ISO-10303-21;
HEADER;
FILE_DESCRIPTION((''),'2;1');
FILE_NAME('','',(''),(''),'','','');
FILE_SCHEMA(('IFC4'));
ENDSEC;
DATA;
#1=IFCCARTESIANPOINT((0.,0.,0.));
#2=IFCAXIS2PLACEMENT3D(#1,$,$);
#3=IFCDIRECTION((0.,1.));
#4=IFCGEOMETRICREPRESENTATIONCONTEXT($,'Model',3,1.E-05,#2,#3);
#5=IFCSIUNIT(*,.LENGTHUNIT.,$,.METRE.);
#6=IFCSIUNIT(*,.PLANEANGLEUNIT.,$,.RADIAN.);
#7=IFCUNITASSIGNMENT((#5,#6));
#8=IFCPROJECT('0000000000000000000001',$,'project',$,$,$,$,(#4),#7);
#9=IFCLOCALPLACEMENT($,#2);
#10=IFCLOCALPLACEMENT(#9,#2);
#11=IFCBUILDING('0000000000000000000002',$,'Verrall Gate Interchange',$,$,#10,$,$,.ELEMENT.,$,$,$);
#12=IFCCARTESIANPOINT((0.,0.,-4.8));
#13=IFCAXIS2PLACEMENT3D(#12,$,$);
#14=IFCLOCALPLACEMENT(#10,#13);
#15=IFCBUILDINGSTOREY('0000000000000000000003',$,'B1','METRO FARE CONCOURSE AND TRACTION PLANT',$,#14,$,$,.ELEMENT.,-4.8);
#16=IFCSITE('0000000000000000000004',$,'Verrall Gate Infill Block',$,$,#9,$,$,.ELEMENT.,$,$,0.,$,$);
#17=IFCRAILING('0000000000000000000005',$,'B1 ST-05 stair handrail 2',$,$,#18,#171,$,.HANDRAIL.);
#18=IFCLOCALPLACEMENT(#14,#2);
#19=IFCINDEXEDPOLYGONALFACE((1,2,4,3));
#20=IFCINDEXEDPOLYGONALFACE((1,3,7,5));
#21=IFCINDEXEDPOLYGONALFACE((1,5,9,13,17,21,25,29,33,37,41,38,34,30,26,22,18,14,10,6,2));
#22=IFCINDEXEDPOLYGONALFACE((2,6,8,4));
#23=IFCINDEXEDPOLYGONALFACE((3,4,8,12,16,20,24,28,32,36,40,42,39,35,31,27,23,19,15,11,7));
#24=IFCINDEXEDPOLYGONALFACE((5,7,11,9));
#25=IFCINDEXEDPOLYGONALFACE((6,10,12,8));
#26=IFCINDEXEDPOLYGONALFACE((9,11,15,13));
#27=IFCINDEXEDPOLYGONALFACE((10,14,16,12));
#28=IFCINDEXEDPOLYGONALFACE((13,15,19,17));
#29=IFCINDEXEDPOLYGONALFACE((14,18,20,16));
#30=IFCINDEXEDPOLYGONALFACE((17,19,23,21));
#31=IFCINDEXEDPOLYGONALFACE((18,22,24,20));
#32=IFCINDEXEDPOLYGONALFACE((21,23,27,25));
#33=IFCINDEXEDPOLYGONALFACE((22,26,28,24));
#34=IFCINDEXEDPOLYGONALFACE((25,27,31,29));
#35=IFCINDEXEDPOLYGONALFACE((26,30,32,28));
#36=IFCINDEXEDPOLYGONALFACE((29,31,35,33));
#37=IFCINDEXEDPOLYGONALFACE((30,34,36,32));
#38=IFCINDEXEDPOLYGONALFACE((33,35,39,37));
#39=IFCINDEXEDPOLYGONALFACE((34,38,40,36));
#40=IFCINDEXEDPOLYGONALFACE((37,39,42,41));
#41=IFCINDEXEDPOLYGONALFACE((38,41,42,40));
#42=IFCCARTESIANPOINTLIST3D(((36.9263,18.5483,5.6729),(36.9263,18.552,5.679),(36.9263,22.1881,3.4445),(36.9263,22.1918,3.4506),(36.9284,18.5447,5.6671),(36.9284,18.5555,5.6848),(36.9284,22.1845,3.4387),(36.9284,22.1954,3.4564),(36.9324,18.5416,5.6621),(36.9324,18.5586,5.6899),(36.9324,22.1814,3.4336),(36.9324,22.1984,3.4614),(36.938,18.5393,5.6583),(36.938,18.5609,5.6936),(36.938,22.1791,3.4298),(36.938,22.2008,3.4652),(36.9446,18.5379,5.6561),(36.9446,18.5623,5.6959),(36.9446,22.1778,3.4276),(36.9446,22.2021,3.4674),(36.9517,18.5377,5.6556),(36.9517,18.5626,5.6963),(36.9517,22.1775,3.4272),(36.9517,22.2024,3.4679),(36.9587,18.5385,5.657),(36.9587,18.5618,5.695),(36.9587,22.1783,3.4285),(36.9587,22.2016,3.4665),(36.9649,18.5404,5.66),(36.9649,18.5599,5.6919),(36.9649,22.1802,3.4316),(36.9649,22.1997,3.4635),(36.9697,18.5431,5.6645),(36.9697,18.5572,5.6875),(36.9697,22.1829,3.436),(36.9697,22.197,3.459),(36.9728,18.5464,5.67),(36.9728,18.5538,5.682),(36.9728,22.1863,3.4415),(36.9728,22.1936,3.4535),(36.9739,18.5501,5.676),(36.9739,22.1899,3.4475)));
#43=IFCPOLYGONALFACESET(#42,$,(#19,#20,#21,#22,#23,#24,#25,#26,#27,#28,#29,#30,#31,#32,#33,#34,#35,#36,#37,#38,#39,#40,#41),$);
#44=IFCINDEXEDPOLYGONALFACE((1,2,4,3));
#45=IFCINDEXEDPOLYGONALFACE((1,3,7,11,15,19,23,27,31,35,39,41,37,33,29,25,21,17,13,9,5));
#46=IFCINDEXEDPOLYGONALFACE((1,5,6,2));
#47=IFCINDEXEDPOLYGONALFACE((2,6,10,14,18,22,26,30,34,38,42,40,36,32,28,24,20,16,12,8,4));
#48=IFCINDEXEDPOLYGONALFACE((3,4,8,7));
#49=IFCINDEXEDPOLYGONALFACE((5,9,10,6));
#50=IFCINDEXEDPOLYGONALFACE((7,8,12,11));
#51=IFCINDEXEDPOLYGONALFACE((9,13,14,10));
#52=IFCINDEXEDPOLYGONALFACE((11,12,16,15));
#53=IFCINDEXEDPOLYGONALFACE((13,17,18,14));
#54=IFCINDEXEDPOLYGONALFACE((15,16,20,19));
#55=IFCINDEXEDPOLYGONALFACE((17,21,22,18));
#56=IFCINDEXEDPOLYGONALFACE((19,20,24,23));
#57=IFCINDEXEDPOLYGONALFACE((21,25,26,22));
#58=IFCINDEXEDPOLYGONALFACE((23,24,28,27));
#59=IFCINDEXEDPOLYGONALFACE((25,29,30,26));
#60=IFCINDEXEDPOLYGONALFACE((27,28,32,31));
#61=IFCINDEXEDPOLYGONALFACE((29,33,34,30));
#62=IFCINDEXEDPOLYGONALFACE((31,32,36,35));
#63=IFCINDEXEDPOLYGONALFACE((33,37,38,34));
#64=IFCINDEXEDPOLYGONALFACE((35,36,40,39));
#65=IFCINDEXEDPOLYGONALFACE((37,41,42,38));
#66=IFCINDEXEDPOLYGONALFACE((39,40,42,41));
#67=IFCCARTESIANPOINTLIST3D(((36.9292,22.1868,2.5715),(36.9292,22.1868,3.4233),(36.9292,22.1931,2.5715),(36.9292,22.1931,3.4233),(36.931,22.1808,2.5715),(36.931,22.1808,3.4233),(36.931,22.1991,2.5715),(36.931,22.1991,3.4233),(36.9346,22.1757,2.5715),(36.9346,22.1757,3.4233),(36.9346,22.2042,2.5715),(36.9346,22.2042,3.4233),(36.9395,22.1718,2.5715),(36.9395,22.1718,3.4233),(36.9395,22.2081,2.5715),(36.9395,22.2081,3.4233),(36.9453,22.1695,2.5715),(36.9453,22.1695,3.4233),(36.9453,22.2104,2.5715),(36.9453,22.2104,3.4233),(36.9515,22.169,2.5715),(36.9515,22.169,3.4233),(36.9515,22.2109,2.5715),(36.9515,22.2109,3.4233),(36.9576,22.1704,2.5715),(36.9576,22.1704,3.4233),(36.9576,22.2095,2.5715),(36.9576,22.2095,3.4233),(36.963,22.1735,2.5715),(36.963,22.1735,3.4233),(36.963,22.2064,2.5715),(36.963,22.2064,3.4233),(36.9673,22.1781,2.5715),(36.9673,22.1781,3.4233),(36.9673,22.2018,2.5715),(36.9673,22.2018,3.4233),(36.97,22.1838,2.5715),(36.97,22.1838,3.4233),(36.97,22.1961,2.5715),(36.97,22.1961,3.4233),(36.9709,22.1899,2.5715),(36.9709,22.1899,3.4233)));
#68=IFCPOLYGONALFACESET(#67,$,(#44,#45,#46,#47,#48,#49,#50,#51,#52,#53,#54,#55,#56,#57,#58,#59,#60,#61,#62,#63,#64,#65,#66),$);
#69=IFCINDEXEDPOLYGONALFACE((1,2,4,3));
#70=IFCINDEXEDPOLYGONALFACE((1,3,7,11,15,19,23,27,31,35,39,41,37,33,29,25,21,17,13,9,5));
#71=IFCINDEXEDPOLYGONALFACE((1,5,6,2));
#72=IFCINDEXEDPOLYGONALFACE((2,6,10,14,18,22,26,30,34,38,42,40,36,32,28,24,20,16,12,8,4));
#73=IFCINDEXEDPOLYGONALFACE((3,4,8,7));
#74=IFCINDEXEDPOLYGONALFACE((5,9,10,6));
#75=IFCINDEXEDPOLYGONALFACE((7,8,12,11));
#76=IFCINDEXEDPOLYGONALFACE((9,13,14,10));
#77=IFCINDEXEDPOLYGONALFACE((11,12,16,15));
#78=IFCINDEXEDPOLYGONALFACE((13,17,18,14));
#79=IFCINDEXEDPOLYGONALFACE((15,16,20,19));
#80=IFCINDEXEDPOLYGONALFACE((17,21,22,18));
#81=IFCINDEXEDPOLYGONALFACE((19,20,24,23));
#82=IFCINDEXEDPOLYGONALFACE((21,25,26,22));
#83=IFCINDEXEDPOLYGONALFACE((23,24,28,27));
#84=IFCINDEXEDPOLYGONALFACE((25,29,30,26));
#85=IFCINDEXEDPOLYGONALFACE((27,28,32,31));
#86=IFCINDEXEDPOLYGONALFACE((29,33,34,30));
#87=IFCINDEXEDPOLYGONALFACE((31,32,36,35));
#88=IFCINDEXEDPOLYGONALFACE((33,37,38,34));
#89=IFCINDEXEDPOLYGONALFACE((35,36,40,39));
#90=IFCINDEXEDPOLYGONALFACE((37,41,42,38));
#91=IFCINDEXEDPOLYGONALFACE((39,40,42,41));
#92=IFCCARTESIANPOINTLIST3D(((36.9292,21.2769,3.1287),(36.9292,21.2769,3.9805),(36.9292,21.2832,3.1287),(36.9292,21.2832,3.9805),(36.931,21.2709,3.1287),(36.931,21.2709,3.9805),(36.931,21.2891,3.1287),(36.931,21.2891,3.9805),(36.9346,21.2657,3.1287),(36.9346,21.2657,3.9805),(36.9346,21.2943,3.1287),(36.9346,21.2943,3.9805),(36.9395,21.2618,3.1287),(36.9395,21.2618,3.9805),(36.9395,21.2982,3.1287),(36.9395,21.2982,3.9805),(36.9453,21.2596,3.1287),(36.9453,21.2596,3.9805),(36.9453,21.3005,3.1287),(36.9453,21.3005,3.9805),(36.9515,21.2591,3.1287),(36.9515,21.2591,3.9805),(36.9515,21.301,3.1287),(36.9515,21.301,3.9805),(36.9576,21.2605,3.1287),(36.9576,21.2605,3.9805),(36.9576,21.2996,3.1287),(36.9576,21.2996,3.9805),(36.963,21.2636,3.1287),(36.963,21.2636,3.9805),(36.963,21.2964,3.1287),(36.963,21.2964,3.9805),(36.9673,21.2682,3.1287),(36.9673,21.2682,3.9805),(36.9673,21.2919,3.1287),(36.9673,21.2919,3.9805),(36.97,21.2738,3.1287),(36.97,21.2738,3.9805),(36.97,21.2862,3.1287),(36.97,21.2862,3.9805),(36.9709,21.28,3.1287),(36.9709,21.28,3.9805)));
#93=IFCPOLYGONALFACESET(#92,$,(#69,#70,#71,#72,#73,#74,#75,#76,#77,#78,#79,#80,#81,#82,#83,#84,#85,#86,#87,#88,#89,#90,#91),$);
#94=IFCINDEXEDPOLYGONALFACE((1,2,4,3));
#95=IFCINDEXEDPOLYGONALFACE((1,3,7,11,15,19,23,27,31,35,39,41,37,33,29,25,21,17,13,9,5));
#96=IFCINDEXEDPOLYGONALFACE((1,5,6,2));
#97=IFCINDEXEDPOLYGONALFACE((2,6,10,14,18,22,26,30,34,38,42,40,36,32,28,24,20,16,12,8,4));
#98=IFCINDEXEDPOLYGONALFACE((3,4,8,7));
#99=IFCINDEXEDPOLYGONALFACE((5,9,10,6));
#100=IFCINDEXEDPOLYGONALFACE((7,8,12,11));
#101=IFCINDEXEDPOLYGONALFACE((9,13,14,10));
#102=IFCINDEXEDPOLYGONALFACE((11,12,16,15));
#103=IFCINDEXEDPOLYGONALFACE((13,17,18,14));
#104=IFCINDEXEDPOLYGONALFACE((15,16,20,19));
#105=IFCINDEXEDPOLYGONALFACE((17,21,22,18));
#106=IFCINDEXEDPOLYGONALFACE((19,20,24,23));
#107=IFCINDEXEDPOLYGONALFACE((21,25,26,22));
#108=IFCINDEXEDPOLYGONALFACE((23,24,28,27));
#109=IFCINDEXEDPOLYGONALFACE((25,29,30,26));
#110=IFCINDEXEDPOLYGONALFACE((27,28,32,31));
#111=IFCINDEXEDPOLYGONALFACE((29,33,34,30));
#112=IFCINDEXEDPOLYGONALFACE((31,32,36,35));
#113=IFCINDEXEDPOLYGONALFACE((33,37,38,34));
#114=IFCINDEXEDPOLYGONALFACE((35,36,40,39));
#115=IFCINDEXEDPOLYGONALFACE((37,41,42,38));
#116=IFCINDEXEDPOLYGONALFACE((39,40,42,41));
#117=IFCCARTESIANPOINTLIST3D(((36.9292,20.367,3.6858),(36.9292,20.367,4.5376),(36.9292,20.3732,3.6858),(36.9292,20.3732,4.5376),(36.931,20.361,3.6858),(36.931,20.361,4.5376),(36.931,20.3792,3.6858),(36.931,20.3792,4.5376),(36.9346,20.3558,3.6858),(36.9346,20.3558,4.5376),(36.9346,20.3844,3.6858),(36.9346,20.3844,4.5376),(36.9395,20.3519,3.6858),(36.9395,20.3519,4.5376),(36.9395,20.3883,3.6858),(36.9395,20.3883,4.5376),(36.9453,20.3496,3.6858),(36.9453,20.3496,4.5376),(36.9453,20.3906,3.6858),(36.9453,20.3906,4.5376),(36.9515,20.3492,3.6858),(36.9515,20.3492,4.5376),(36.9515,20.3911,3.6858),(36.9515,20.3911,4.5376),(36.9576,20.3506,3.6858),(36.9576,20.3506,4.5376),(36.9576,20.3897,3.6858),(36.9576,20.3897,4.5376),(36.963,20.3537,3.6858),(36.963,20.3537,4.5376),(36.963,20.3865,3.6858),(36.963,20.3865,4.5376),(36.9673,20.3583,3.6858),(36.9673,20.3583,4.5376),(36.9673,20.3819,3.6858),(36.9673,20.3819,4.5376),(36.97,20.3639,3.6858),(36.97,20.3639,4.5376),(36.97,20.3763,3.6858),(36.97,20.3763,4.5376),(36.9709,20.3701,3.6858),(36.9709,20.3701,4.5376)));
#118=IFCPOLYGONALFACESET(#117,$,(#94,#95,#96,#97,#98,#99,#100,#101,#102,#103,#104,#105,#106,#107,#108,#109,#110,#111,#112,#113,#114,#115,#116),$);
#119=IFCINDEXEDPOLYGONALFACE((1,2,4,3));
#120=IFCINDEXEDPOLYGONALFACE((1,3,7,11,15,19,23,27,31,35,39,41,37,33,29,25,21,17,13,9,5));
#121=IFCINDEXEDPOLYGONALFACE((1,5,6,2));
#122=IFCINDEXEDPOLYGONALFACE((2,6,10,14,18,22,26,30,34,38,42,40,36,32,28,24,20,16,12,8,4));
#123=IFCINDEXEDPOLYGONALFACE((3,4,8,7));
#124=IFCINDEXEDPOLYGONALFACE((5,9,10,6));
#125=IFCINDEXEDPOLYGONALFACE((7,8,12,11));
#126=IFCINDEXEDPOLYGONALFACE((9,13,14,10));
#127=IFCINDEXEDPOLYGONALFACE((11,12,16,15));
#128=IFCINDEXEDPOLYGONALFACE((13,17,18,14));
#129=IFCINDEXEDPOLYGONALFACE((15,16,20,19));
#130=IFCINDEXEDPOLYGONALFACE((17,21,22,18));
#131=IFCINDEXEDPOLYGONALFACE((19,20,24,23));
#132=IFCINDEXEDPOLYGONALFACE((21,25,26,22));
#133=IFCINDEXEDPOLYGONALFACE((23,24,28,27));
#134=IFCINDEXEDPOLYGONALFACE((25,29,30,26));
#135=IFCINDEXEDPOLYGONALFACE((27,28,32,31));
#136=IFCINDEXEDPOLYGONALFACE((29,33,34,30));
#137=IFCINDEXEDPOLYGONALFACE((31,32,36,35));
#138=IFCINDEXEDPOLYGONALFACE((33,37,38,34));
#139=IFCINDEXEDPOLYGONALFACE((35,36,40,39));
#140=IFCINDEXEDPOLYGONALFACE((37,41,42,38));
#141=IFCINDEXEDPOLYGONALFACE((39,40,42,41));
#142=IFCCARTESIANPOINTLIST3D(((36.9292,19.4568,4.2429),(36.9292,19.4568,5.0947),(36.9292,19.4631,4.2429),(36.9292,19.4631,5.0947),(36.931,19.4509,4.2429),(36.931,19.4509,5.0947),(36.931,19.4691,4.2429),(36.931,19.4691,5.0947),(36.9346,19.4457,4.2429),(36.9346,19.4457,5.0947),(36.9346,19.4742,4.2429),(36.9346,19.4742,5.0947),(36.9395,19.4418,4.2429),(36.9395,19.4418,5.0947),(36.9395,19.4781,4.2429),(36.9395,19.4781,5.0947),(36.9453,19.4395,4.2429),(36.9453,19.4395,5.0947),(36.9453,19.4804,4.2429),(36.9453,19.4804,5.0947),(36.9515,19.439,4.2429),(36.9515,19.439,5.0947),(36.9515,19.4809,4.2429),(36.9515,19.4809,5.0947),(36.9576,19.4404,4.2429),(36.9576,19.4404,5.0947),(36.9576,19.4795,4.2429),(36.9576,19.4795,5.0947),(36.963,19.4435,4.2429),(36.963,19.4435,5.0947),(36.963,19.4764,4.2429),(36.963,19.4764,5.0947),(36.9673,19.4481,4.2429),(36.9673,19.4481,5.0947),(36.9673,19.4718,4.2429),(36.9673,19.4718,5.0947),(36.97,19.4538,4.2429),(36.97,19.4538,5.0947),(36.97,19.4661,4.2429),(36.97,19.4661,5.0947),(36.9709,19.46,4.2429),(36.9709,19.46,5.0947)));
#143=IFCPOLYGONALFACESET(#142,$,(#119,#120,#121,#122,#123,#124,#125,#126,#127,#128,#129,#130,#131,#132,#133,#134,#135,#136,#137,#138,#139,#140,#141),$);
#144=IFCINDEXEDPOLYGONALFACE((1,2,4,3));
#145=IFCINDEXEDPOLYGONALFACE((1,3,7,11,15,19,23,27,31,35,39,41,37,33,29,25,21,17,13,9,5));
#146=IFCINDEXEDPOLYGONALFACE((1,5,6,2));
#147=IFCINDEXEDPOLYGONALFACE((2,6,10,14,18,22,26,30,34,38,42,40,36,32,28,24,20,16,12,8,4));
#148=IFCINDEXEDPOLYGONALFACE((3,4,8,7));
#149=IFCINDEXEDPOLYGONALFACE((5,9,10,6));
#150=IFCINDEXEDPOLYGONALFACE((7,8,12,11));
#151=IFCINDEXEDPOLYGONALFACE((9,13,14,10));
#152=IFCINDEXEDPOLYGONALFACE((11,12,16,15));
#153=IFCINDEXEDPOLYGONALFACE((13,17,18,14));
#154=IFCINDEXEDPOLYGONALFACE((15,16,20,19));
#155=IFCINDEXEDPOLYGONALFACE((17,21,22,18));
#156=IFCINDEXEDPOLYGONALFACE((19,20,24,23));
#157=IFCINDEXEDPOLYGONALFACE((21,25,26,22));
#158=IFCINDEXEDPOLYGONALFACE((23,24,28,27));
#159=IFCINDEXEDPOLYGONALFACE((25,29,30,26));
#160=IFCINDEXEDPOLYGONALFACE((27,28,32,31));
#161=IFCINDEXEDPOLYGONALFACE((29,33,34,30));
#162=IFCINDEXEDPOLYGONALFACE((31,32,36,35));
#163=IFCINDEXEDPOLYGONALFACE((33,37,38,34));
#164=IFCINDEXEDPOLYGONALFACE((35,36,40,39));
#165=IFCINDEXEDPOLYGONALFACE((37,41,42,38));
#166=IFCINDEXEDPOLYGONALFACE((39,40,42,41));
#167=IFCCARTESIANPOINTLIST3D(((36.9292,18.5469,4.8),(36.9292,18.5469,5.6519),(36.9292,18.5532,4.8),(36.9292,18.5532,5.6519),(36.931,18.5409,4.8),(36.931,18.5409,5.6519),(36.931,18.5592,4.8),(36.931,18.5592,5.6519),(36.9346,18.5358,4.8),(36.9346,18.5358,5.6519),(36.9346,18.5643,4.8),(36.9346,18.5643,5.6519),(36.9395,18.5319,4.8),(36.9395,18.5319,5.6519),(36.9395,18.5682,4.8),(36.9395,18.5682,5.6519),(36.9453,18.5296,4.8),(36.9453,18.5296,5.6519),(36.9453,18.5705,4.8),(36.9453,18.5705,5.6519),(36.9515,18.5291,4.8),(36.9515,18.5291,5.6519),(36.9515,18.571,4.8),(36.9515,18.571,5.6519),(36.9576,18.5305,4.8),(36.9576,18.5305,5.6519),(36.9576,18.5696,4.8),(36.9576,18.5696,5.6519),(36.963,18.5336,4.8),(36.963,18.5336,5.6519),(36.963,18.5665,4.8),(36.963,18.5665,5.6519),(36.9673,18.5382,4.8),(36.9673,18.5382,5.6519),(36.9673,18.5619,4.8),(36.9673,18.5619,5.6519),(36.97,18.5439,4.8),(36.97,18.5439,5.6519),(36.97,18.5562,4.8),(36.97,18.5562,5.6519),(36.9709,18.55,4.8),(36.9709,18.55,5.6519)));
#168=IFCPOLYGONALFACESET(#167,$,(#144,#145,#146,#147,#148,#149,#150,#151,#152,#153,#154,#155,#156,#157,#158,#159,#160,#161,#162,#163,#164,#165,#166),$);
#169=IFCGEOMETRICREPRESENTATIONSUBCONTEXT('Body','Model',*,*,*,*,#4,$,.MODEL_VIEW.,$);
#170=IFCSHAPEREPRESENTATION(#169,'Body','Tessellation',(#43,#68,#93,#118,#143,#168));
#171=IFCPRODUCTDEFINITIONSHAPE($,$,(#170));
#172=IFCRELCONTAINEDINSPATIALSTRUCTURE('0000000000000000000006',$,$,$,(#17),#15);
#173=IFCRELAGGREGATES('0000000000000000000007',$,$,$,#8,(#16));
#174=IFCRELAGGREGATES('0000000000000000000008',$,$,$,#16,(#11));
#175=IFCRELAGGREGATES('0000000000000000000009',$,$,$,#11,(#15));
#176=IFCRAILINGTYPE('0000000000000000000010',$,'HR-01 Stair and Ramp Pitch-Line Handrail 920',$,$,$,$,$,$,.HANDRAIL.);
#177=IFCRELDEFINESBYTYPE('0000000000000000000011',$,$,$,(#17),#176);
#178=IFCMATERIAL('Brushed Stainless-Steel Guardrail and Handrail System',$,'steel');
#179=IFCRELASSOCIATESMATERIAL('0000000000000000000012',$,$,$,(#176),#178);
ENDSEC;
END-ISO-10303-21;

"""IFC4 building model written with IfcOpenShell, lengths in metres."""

from ifc_helpers import new_model, si_unit, direction, frame, origin, origin_2d, place, context, subcontext, project, spatial, circle, extrude, material, type_object, element, save


model = new_model("IFC4")

# Units and contexts
model_context = context("Model", 3, precision=1e-05, world=origin(), true_north=direction((0.0, 1.0)))
body_context = subcontext(model_context, "Body", "Model", "MODEL_VIEW")
ifc_project = project(units=[si_unit("LENGTHUNIT", "METRE"), si_unit("PLANEANGLEUNIT", "RADIAN")], contexts=[model_context])

# Site, building, storey
site_placement = place(None, origin())
site = spatial("IfcSite", under=ifc_project, at=site_placement, Name="Verrall Gate Infill Block", CompositionType="ELEMENT", RefElevation=0.0)
building_placement = place(site_placement, origin())
building = spatial("IfcBuilding", under=site, at=building_placement, Name="Verrall Gate Interchange", CompositionType="ELEMENT")
storey_placement = place(building_placement, frame((0.0, 0.0, -4.8)))
storey = spatial("IfcBuildingStorey", under=building, at=storey_placement, Name="B1", Description="METRO FARE CONCOURSE AND TRACTION PLANT", CompositionType="ELEMENT", Elevation=-4.8)

# Railing
ifc_material_1 = material(Name="Brushed Stainless-Steel Guardrail and Handrail System", Category="steel")
railing_type_1 = type_object("IfcRailingType", Name="HR-01 Stair and Ramp Pitch-Line Handrail 920", PredefinedType="HANDRAIL", material=ifc_material_1)
railing_1_placement = place(storey_placement, frame((36.95, 22.1899, 2.5715)))
element("IfcRailing", 1, at=railing_1_placement, inside=storey, type_object=railing_type_1, Name="B1 ST-05 stair handrail 2", PredefinedType="HANDRAIL", context=body_context, shape_type="SweptSolid", body=[
    extrude(circle(Radius=0.0239, at=origin_2d()), frame((0.0, 0.0, 0.876), z_axis=(0.0, -0.85285, 0.522156), x_axis=(1.0, 0.0, 0.0)), (0.0, 0.0, 1.0), 4.2678),
    extrude(circle(Radius=0.021, at=origin_2d()), origin(), (0.0, 0.0, 1.0), 0.8518),
    extrude(circle(Radius=0.021, at=origin_2d()), frame((0.0, -0.9099, 0.5571)), (0.0, 0.0, 1.0), 0.8518),
    extrude(circle(Radius=0.021, at=origin_2d()), frame((0.0, -1.8198, 1.1143)), (0.0, 0.0, 1.0), 0.8518),
    extrude(circle(Radius=0.021, at=origin_2d()), frame((0.0, -2.73, 1.6714)), (0.0, 0.0, 1.0), 0.8518),
    extrude(circle(Radius=0.021, at=origin_2d()), frame((0.0, -3.6399, 2.2285)), (0.0, 0.0, 1.0), 0.8518),
])

save(model, "model.ifc")
